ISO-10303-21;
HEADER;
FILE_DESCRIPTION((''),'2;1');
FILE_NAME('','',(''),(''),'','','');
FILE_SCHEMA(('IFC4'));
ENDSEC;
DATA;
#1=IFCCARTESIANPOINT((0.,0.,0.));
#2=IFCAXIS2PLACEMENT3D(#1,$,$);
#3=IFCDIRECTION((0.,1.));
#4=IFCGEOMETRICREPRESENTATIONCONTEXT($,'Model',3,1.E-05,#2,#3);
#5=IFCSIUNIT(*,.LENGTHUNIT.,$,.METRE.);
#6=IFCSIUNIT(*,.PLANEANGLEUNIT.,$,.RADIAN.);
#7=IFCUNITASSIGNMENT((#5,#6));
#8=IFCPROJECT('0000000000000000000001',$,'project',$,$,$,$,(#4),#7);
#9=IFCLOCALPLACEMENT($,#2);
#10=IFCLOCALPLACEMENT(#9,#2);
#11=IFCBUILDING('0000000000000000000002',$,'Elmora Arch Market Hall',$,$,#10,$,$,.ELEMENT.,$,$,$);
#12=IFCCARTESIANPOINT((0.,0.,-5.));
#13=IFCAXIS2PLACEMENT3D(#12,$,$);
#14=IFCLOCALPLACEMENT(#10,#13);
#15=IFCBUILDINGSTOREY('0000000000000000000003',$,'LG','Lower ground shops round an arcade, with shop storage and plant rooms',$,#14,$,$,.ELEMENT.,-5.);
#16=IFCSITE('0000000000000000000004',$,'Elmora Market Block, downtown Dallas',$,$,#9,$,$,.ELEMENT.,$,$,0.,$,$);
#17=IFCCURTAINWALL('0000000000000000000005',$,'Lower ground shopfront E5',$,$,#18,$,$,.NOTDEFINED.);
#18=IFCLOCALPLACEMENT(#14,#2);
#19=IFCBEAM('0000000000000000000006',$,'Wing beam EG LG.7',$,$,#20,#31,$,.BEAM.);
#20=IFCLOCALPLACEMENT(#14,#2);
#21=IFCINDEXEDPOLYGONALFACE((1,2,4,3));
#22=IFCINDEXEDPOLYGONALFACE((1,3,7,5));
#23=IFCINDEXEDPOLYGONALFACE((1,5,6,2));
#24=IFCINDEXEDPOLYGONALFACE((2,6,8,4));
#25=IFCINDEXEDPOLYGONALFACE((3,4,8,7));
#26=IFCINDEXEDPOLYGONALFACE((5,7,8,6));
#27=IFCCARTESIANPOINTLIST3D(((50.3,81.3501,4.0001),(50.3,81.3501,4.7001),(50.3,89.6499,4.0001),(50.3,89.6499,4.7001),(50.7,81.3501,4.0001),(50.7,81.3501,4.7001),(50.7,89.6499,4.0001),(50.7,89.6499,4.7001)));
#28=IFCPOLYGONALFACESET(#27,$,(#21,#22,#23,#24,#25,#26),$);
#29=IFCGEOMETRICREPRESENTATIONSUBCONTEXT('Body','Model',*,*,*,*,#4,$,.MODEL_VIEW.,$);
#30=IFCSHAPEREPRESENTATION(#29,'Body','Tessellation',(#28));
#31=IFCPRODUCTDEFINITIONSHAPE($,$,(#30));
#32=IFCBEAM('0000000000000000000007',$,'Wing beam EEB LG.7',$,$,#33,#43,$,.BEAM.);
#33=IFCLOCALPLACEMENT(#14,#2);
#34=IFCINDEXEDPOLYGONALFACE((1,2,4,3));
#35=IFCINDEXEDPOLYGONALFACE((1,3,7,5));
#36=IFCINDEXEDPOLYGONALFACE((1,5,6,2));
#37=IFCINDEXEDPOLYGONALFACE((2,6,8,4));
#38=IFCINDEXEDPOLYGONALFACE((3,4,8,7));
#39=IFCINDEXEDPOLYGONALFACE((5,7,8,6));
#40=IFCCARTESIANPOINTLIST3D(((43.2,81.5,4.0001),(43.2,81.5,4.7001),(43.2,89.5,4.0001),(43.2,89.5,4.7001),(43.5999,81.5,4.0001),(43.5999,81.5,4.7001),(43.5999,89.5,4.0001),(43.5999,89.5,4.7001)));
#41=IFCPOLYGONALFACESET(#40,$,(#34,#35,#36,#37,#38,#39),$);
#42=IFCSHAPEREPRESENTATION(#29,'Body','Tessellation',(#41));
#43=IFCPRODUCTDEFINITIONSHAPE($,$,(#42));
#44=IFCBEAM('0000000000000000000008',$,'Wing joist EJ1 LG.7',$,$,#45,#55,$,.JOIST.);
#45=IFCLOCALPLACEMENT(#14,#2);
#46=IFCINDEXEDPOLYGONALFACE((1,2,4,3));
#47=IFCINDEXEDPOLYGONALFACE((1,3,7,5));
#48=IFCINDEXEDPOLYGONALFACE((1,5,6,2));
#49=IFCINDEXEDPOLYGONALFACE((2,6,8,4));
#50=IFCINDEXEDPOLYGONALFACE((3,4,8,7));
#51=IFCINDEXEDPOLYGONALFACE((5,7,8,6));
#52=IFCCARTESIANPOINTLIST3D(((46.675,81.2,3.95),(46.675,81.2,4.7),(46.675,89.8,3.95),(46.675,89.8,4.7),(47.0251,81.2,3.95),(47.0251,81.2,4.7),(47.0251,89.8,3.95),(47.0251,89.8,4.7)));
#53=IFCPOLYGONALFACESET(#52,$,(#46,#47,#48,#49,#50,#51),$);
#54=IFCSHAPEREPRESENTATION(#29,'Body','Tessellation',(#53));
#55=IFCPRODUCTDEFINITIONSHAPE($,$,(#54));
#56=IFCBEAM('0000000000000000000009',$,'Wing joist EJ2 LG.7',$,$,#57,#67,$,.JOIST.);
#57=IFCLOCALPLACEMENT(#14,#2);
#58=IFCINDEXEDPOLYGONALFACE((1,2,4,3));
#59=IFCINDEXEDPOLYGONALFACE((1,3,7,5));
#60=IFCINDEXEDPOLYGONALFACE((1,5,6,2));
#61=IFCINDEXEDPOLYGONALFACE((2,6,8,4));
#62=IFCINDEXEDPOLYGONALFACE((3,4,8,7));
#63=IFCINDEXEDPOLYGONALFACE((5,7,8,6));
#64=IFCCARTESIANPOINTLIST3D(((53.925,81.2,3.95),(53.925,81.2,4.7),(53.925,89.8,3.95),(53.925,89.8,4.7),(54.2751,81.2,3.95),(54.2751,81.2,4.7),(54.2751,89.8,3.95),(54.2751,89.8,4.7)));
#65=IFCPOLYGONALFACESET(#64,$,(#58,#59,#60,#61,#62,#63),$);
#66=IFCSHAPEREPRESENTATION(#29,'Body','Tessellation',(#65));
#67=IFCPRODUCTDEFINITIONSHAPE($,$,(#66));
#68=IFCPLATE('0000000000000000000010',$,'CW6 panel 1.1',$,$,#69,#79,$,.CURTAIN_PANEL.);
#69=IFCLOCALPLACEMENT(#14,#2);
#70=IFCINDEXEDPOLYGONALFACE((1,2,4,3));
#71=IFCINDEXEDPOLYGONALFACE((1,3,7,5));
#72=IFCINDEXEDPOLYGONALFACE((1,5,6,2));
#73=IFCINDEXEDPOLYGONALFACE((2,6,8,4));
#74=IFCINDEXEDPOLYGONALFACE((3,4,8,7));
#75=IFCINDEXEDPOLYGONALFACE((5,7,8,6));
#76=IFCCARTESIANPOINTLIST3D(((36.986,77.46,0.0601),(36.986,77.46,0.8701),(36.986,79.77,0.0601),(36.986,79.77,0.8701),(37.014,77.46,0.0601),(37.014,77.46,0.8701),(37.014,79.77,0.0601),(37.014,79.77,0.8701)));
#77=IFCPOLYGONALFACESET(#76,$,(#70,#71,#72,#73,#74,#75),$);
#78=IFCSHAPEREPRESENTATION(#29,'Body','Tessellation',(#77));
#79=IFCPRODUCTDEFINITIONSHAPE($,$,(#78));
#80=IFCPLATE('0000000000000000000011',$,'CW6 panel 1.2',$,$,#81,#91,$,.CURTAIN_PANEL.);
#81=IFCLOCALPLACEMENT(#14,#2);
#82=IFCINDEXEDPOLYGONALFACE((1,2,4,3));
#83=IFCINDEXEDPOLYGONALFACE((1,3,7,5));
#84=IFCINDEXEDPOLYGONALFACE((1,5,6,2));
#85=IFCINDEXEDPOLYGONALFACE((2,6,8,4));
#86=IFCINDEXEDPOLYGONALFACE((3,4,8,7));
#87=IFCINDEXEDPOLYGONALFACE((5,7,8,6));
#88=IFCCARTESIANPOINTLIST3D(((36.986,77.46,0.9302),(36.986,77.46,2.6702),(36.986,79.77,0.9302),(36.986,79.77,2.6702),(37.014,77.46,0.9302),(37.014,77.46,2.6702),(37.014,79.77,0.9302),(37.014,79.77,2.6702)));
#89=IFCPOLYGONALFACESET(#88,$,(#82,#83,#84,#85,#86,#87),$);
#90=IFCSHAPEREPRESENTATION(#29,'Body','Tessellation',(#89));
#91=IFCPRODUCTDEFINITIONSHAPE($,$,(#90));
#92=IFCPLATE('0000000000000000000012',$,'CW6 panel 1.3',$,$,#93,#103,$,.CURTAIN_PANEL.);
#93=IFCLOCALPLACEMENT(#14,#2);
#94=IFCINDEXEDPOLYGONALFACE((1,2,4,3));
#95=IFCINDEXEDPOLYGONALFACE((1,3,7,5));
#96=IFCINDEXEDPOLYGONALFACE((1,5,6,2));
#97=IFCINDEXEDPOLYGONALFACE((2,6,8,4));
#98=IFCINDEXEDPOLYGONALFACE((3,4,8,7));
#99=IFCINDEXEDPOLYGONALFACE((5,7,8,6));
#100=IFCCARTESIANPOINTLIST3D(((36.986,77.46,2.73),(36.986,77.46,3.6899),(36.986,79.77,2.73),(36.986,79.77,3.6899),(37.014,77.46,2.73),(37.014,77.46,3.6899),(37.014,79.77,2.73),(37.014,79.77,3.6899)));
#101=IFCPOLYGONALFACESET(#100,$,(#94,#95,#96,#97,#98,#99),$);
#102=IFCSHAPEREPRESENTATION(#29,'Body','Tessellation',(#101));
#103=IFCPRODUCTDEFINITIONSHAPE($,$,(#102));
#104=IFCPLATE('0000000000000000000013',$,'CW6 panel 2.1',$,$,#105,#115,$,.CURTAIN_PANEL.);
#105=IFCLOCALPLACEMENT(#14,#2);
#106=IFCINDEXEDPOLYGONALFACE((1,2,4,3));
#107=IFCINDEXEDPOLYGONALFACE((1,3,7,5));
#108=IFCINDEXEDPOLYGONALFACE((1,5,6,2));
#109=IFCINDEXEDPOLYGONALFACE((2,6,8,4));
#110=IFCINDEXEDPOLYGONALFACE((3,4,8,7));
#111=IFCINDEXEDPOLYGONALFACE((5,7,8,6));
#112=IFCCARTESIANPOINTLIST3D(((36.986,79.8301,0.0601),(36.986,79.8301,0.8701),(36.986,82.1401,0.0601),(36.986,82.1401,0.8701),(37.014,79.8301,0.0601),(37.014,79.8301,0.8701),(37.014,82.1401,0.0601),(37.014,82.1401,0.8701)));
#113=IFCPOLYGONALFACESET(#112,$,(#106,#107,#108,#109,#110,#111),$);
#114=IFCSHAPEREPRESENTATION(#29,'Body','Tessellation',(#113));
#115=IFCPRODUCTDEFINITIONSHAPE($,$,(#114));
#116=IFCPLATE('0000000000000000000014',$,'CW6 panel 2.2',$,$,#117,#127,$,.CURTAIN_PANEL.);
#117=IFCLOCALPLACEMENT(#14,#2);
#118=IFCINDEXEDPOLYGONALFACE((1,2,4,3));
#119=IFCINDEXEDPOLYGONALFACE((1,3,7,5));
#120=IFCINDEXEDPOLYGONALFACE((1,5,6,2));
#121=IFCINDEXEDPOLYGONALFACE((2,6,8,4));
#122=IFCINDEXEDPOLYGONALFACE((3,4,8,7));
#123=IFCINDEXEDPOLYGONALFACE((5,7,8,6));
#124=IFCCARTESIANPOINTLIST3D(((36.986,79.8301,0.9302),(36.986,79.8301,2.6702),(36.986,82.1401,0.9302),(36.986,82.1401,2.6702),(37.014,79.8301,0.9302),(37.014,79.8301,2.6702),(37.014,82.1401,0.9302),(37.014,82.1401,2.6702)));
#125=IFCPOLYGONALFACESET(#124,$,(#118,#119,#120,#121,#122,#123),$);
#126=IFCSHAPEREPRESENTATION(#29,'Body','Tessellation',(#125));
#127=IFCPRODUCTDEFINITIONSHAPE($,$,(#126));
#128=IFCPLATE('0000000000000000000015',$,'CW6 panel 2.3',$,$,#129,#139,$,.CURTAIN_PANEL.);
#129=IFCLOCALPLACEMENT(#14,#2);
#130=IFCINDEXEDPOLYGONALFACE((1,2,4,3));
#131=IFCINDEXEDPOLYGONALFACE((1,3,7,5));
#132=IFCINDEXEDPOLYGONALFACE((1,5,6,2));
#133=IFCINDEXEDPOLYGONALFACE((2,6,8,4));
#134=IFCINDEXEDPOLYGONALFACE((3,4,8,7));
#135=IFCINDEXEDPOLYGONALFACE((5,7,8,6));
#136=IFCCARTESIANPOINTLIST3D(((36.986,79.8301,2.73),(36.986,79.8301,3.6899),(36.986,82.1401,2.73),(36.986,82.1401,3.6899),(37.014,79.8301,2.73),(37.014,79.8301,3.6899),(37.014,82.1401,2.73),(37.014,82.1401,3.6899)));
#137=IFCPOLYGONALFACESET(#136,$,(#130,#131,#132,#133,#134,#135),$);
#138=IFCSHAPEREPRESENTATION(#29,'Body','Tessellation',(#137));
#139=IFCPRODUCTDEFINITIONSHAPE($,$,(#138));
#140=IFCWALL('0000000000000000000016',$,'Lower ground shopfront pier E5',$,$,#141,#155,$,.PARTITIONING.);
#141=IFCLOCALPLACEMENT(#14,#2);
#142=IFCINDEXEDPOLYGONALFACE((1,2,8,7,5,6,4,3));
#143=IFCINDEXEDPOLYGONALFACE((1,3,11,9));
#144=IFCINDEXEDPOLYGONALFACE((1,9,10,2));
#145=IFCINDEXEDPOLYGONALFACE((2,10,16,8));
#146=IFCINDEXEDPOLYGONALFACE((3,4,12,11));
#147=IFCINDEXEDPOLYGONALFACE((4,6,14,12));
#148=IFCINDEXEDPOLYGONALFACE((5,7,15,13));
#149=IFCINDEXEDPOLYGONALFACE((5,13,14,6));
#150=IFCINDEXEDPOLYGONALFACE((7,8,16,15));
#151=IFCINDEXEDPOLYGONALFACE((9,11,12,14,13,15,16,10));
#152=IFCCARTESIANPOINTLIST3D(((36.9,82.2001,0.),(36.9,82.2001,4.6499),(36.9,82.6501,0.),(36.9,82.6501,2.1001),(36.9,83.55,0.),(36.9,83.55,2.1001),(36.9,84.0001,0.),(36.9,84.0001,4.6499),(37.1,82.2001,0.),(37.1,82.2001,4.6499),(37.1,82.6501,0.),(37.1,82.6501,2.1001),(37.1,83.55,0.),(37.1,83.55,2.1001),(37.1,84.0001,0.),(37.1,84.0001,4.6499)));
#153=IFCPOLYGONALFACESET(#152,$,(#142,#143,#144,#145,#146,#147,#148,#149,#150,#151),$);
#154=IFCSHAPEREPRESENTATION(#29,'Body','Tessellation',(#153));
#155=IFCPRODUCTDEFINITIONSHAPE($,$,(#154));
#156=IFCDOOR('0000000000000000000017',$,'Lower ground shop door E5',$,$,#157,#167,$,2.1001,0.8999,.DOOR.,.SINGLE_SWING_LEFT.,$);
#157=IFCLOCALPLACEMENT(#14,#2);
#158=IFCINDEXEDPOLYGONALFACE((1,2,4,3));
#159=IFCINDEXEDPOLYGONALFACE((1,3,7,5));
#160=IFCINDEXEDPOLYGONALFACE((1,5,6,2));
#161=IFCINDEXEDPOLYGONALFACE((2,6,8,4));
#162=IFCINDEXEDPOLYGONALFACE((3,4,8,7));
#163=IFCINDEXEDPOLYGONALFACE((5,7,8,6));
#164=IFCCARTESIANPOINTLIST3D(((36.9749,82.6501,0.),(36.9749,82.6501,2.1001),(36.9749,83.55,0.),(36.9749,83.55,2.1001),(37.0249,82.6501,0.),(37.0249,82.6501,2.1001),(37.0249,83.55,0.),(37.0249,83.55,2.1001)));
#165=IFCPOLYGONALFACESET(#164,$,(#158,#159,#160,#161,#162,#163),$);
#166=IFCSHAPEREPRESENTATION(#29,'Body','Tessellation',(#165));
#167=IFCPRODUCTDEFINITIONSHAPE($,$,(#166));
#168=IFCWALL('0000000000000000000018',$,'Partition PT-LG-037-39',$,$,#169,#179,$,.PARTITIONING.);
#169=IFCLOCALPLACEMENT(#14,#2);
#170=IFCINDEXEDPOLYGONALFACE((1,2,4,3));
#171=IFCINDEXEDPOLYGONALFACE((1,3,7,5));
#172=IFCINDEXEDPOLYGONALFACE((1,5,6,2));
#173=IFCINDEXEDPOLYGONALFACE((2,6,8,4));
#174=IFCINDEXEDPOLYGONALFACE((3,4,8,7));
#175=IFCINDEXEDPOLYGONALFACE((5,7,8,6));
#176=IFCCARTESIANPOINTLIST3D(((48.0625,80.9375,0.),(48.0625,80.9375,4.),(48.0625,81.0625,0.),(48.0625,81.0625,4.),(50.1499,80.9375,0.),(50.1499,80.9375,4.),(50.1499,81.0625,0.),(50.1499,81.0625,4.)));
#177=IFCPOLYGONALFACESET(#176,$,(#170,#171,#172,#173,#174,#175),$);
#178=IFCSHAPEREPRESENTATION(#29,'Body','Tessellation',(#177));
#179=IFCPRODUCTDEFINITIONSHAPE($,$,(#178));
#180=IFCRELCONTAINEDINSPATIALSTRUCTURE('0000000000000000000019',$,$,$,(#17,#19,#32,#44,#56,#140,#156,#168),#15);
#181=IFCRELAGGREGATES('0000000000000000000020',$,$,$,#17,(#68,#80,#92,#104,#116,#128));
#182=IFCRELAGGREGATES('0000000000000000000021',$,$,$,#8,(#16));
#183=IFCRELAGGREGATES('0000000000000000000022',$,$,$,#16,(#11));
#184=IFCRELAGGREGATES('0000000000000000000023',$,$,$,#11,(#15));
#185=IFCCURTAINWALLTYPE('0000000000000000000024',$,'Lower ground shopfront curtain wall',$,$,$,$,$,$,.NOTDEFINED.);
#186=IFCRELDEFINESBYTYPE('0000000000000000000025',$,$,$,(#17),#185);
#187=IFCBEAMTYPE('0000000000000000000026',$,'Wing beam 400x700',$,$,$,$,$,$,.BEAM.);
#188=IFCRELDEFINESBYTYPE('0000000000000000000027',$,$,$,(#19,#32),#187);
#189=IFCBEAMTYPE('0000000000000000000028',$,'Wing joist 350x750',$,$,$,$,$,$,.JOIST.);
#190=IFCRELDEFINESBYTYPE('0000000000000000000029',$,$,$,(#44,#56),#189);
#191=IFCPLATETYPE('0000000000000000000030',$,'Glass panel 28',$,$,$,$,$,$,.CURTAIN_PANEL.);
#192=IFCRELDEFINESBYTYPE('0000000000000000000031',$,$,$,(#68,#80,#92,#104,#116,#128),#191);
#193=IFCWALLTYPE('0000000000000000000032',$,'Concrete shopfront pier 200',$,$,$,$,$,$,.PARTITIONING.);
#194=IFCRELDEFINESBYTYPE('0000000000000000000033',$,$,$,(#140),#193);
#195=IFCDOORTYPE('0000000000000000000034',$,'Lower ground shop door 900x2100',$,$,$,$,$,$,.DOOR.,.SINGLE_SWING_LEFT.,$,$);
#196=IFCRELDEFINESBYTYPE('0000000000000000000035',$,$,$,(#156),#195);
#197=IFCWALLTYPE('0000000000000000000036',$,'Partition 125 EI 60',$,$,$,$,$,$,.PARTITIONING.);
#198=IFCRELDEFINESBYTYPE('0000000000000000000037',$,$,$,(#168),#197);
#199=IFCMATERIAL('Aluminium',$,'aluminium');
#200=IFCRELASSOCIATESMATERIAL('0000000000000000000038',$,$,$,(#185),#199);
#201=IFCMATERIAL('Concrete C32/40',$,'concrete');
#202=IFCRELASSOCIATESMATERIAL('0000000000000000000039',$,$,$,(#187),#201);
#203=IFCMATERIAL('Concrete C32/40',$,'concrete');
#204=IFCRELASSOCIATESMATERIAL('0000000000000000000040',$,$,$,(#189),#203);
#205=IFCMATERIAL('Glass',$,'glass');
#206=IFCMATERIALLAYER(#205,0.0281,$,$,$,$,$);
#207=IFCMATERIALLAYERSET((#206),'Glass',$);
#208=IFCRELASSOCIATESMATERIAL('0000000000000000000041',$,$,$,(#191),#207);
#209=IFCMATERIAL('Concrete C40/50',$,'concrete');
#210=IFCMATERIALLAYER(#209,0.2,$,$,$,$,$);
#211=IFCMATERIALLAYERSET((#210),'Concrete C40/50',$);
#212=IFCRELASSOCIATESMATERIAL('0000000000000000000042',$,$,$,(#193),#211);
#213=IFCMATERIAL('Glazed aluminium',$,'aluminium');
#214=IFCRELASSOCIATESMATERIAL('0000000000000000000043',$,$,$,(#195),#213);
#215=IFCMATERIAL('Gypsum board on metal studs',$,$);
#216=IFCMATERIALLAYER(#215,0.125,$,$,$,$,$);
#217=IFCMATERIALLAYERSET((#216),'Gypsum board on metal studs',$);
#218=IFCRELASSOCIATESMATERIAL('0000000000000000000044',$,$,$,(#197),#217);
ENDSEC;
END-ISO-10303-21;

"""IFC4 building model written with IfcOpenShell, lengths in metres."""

from ifc_helpers import new_model, si_unit, direction, frame, frame_2d, origin, origin_2d, place, context, subcontext, project, spatial, rectangle, extrude, material, layer, layer_set, material_profile, profile_set, type_object, element, fill, aggregate, save


model = new_model("IFC4")

# Units and contexts
model_context = context("Model", 3, precision=1e-05, world=origin(), true_north=direction((0.0, 1.0)))
body_context = subcontext(model_context, "Body", "Model", "MODEL_VIEW")
ifc_project = project(units=[si_unit("LENGTHUNIT", "METRE"), si_unit("PLANEANGLEUNIT", "RADIAN")], contexts=[model_context])

# Site, building, storey
site_placement = place(None, origin())
site = spatial("IfcSite", under=ifc_project, at=site_placement, Name="Elmora Market Block, downtown Dallas", CompositionType="ELEMENT", RefElevation=0.0)
building_placement = place(site_placement, origin())
building = spatial("IfcBuilding", under=site, at=building_placement, Name="Elmora Arch Market Hall", CompositionType="ELEMENT")
storey_placement = place(building_placement, frame((0.0, 0.0, -5.0)))
storey = spatial("IfcBuildingStorey", under=building, at=storey_placement, Name="LG", Description="Lower ground shops round an arcade, with shop storage and plant rooms", CompositionType="ELEMENT", Elevation=-5.0)

# Curtain wall
ifc_material_1 = material(Name="Aluminium", Category="aluminium")
curtain_wall_type = type_object("IfcCurtainWallType", Name="Lower ground shopfront curtain wall", PredefinedType="NOTDEFINED", material=ifc_material_1)
curtain_wall_placement = place(storey_placement, origin())
curtain_wall = element("IfcCurtainWall", 1, at=curtain_wall_placement, inside=storey, type_object=curtain_wall_type, Name="Lower ground shopfront E5", PredefinedType="NOTDEFINED")

# Beams
ifc_material_2 = material(Name="Concrete C32/40", Category="concrete")
ifc_material_profile_1 = material_profile(ifc_material_2, rectangle(XDim=0.3999, YDim=0.7, at=origin_2d()), Name="Wing beam 400x700")
ifc_profile_set_1 = profile_set([ifc_material_profile_1], Name="Concrete C32/40")
beam_type_1 = type_object("IfcBeamType", Name="Wing beam 400x700", PredefinedType="BEAM", material=ifc_profile_set_1)
beam_1_placement = place(storey_placement, frame((50.5, 81.3501, 4.3501), z_axis=(0.0, 1.0, 0.0), x_axis=(-1.0, 0.0, 0.0)))
element("IfcBeam", 2, at=beam_1_placement, inside=storey, type_object=beam_type_1, Name="Wing beam EG LG.7", PredefinedType="BEAM", context=body_context, shape_type="SweptSolid", body=[
    extrude(rectangle(XDim=0.3999, YDim=0.7, at=origin_2d()), origin(), (0.0, 0.0, 1.0), 8.2998),
])
beam_2_placement = place(storey_placement, frame((43.3999, 81.5, 4.3501), z_axis=(0.0, 1.0, 0.0), x_axis=(-1.0, 0.0, 0.0)))
element("IfcBeam", 3, at=beam_2_placement, inside=storey, type_object=beam_type_1, Name="Wing beam EEB LG.7", PredefinedType="BEAM", context=body_context, shape_type="SweptSolid", body=[
    extrude(rectangle(XDim=0.3999, YDim=0.7, at=origin_2d()), origin(), (0.0, 0.0, 1.0), 8.0),
])
ifc_material_3 = material(Name="Concrete C32/40", Category="concrete")
ifc_material_profile_2 = material_profile(ifc_material_3, rectangle(XDim=0.3501, YDim=0.75, at=origin_2d()), Name="Wing joist 350x750")
ifc_profile_set_2 = profile_set([ifc_material_profile_2], Name="Concrete C32/40")
beam_type_2 = type_object("IfcBeamType", Name="Wing joist 350x750", PredefinedType="JOIST", material=ifc_profile_set_2)
for number, where, z_axis, x_axis, name in (
    (4, (46.8501, 81.2, 4.325), (0.0, 1.0, 0.0), (-1.0, 0.0, 0.0), "Wing joist EJ1 LG.7"),
    (5, (54.1001, 81.2, 4.325), (0.0, 1.0, 0.0), (-1.0, 0.0, 0.0), "Wing joist EJ2 LG.7"),
):
    element("IfcBeam", number, at=place(storey_placement, frame(where, z_axis=z_axis, x_axis=x_axis)), inside=storey, type_object=beam_type_2, Name=name, PredefinedType="JOIST", context=body_context, shape_type="SweptSolid", body=[
        extrude(rectangle(XDim=0.3501, YDim=0.75, at=origin_2d()), origin(), (0.0, 0.0, 1.0), 8.6001),
    ])

# Plates
ifc_material_4 = material(Name="Glass", Category="glass")
ifc_layer_1 = layer(ifc_material_4, 0.0281)
ifc_layer_set_1 = layer_set([ifc_layer_1], Name="Glass")
plate_type = type_object("IfcPlateType", Name="Glass panel 28", PredefinedType="CURTAIN_PANEL", material=ifc_layer_set_1)
plate_1_placement = place(storey_placement, frame((37.0, 78.615, 0.0601), z_axis=(0.0, 0.0, 1.0), x_axis=(0.0, 1.0, 0.0)))
plate_1 = element("IfcPlate", 6, at=plate_1_placement, type_object=plate_type, Name="CW6 panel 1.1", PredefinedType="CURTAIN_PANEL", context=body_context, shape_type="SweptSolid", body=[
    extrude(rectangle(XDim=2.3101, YDim=0.0281, at=origin_2d()), origin(), (0.0, 0.0, 1.0), 0.8101),
])
plate_2_placement = place(storey_placement, frame((37.0, 78.615, 0.9302), z_axis=(0.0, 0.0, 1.0), x_axis=(0.0, 1.0, 0.0)))
plate_2 = element("IfcPlate", 7, at=plate_2_placement, type_object=plate_type, Name="CW6 panel 1.2", PredefinedType="CURTAIN_PANEL", context=body_context, shape_type="SweptSolid", body=[
    extrude(rectangle(XDim=2.3101, YDim=0.0281, at=origin_2d()), origin(), (0.0, 0.0, 1.0), 1.74),
])
plate_3_placement = place(storey_placement, frame((37.0, 78.615, 2.73), z_axis=(0.0, 0.0, 1.0), x_axis=(0.0, 1.0, 0.0)))
plate_3 = element("IfcPlate", 8, at=plate_3_placement, type_object=plate_type, Name="CW6 panel 1.3", PredefinedType="CURTAIN_PANEL", context=body_context, shape_type="SweptSolid", body=[
    extrude(rectangle(XDim=2.3101, YDim=0.0281, at=origin_2d()), origin(), (0.0, 0.0, 1.0), 0.96),
])
plate_4_placement = place(storey_placement, frame((37.0, 80.9851, 0.0601), z_axis=(0.0, 0.0, 1.0), x_axis=(0.0, 1.0, 0.0)))
plate_4 = element("IfcPlate", 9, at=plate_4_placement, type_object=plate_type, Name="CW6 panel 2.1", PredefinedType="CURTAIN_PANEL", context=body_context, shape_type="SweptSolid", body=[
    extrude(rectangle(XDim=2.3101, YDim=0.0281, at=origin_2d()), origin(), (0.0, 0.0, 1.0), 0.8101),
])
plate_5_placement = place(storey_placement, frame((37.0, 80.9851, 0.9302), z_axis=(0.0, 0.0, 1.0), x_axis=(0.0, 1.0, 0.0)))
plate_5 = element("IfcPlate", 10, at=plate_5_placement, type_object=plate_type, Name="CW6 panel 2.2", PredefinedType="CURTAIN_PANEL", context=body_context, shape_type="SweptSolid", body=[
    extrude(rectangle(XDim=2.3101, YDim=0.0281, at=origin_2d()), origin(), (0.0, 0.0, 1.0), 1.74),
])
plate_6_placement = place(storey_placement, frame((37.0, 80.9851, 2.73), z_axis=(0.0, 0.0, 1.0), x_axis=(0.0, 1.0, 0.0)))
plate_6 = element("IfcPlate", 11, at=plate_6_placement, type_object=plate_type, Name="CW6 panel 2.3", PredefinedType="CURTAIN_PANEL", context=body_context, shape_type="SweptSolid", body=[
    extrude(rectangle(XDim=2.3101, YDim=0.0281, at=origin_2d()), origin(), (0.0, 0.0, 1.0), 0.96),
])
aggregate(curtain_wall, [plate_1, plate_2, plate_3, plate_4, plate_5, plate_6])

# Wall, opening, door
ifc_material_5 = material(Name="Concrete C40/50", Category="concrete")
ifc_layer_2 = layer(ifc_material_5, 0.2)
ifc_layer_set_2 = layer_set([ifc_layer_2], Name="Concrete C40/50")
wall_type_1 = type_object("IfcWallType", Name="Concrete shopfront pier 200", PredefinedType="PARTITIONING", material=ifc_layer_set_2)
wall_1_placement = place(storey_placement, frame((37.0, 84.0, 0.0), z_axis=(0.0, 0.0, 1.0), x_axis=(0.0, -1.0, 0.0)))
wall_1 = element("IfcWall", 12, at=wall_1_placement, inside=storey, type_object=wall_type_1, Name="Lower ground shopfront pier E5", PredefinedType="PARTITIONING", context=body_context, shape_type="SweptSolid", body=[
    extrude(rectangle(XDim=1.8, YDim=0.2, at=frame_2d((0.8999, 0.0))), origin(), (0.0, 0.0, 1.0), 4.6499),
])
opening_1_placement = place(wall_1_placement, frame((0.45, 0.0, 0.0)))
opening_1 = element("IfcOpeningElement", 13, at=opening_1_placement, cuts=wall_1, PredefinedType="OPENING", context=body_context, shape_type="SweptSolid", body=[
    extrude(rectangle(XDim=0.8999, YDim=2.1001, at=frame_2d((0.45, 1.05))), frame((0.0, 0.1099, 0.0), z_axis=(0.0, -1.0, 0.0), x_axis=(1.0, 0.0, 0.0)), (0.0, 0.0, 1.0), 0.22),
])
ifc_material_6 = material(Name="Glazed aluminium", Category="aluminium")
door_type_1 = type_object("IfcDoorType", Name="Lower ground shop door 900x2100", OperationType="SINGLE_SWING_LEFT", PredefinedType="DOOR", material=ifc_material_6)
door_1_placement = place(opening_1_placement, origin())
door_1 = element("IfcDoor", 14, at=door_1_placement, inside=storey, type_object=door_type_1, Name="Lower ground shop door E5", OperationType="SINGLE_SWING_LEFT", OverallHeight=2.1001, OverallWidth=0.8999, PredefinedType="DOOR", context=body_context, shape_type="SweptSolid", body=[
    extrude(rectangle(XDim=0.8999, YDim=2.1001, at=frame_2d((0.45, 1.05))), frame((0.0, 0.0249, 0.0), z_axis=(0.0, -1.0, 0.0), x_axis=(1.0, 0.0, 0.0)), (0.0, 0.0, 1.0), 0.05),
])
fill(opening_1, door_1)

# Wall
ifc_material_7 = material(Name="Gypsum board on metal studs")
ifc_layer_3 = layer(ifc_material_7, 0.125)
ifc_layer_set_3 = layer_set([ifc_layer_3], Name="Gypsum board on metal studs")
wall_type_2 = type_object("IfcWallType", Name="Partition 125 EI 60", PredefinedType="PARTITIONING", material=ifc_layer_set_3)
wall_2_placement = place(storey_placement, frame((48.0625, 81.0, 0.0), z_axis=(0.0, 0.0, 1.0), x_axis=(1.0, 0.0, 0.0)))
element("IfcWall", 15, at=wall_2_placement, inside=storey, type_object=wall_type_2, Name="Partition PT-LG-037-39", PredefinedType="PARTITIONING", context=body_context, shape_type="SweptSolid", body=[
    extrude(rectangle(XDim=2.0874, YDim=0.125, at=frame_2d((1.0437, 0.0))), origin(), (0.0, 0.0, 1.0), 4.0),
])

save(model, "model.ifc")
